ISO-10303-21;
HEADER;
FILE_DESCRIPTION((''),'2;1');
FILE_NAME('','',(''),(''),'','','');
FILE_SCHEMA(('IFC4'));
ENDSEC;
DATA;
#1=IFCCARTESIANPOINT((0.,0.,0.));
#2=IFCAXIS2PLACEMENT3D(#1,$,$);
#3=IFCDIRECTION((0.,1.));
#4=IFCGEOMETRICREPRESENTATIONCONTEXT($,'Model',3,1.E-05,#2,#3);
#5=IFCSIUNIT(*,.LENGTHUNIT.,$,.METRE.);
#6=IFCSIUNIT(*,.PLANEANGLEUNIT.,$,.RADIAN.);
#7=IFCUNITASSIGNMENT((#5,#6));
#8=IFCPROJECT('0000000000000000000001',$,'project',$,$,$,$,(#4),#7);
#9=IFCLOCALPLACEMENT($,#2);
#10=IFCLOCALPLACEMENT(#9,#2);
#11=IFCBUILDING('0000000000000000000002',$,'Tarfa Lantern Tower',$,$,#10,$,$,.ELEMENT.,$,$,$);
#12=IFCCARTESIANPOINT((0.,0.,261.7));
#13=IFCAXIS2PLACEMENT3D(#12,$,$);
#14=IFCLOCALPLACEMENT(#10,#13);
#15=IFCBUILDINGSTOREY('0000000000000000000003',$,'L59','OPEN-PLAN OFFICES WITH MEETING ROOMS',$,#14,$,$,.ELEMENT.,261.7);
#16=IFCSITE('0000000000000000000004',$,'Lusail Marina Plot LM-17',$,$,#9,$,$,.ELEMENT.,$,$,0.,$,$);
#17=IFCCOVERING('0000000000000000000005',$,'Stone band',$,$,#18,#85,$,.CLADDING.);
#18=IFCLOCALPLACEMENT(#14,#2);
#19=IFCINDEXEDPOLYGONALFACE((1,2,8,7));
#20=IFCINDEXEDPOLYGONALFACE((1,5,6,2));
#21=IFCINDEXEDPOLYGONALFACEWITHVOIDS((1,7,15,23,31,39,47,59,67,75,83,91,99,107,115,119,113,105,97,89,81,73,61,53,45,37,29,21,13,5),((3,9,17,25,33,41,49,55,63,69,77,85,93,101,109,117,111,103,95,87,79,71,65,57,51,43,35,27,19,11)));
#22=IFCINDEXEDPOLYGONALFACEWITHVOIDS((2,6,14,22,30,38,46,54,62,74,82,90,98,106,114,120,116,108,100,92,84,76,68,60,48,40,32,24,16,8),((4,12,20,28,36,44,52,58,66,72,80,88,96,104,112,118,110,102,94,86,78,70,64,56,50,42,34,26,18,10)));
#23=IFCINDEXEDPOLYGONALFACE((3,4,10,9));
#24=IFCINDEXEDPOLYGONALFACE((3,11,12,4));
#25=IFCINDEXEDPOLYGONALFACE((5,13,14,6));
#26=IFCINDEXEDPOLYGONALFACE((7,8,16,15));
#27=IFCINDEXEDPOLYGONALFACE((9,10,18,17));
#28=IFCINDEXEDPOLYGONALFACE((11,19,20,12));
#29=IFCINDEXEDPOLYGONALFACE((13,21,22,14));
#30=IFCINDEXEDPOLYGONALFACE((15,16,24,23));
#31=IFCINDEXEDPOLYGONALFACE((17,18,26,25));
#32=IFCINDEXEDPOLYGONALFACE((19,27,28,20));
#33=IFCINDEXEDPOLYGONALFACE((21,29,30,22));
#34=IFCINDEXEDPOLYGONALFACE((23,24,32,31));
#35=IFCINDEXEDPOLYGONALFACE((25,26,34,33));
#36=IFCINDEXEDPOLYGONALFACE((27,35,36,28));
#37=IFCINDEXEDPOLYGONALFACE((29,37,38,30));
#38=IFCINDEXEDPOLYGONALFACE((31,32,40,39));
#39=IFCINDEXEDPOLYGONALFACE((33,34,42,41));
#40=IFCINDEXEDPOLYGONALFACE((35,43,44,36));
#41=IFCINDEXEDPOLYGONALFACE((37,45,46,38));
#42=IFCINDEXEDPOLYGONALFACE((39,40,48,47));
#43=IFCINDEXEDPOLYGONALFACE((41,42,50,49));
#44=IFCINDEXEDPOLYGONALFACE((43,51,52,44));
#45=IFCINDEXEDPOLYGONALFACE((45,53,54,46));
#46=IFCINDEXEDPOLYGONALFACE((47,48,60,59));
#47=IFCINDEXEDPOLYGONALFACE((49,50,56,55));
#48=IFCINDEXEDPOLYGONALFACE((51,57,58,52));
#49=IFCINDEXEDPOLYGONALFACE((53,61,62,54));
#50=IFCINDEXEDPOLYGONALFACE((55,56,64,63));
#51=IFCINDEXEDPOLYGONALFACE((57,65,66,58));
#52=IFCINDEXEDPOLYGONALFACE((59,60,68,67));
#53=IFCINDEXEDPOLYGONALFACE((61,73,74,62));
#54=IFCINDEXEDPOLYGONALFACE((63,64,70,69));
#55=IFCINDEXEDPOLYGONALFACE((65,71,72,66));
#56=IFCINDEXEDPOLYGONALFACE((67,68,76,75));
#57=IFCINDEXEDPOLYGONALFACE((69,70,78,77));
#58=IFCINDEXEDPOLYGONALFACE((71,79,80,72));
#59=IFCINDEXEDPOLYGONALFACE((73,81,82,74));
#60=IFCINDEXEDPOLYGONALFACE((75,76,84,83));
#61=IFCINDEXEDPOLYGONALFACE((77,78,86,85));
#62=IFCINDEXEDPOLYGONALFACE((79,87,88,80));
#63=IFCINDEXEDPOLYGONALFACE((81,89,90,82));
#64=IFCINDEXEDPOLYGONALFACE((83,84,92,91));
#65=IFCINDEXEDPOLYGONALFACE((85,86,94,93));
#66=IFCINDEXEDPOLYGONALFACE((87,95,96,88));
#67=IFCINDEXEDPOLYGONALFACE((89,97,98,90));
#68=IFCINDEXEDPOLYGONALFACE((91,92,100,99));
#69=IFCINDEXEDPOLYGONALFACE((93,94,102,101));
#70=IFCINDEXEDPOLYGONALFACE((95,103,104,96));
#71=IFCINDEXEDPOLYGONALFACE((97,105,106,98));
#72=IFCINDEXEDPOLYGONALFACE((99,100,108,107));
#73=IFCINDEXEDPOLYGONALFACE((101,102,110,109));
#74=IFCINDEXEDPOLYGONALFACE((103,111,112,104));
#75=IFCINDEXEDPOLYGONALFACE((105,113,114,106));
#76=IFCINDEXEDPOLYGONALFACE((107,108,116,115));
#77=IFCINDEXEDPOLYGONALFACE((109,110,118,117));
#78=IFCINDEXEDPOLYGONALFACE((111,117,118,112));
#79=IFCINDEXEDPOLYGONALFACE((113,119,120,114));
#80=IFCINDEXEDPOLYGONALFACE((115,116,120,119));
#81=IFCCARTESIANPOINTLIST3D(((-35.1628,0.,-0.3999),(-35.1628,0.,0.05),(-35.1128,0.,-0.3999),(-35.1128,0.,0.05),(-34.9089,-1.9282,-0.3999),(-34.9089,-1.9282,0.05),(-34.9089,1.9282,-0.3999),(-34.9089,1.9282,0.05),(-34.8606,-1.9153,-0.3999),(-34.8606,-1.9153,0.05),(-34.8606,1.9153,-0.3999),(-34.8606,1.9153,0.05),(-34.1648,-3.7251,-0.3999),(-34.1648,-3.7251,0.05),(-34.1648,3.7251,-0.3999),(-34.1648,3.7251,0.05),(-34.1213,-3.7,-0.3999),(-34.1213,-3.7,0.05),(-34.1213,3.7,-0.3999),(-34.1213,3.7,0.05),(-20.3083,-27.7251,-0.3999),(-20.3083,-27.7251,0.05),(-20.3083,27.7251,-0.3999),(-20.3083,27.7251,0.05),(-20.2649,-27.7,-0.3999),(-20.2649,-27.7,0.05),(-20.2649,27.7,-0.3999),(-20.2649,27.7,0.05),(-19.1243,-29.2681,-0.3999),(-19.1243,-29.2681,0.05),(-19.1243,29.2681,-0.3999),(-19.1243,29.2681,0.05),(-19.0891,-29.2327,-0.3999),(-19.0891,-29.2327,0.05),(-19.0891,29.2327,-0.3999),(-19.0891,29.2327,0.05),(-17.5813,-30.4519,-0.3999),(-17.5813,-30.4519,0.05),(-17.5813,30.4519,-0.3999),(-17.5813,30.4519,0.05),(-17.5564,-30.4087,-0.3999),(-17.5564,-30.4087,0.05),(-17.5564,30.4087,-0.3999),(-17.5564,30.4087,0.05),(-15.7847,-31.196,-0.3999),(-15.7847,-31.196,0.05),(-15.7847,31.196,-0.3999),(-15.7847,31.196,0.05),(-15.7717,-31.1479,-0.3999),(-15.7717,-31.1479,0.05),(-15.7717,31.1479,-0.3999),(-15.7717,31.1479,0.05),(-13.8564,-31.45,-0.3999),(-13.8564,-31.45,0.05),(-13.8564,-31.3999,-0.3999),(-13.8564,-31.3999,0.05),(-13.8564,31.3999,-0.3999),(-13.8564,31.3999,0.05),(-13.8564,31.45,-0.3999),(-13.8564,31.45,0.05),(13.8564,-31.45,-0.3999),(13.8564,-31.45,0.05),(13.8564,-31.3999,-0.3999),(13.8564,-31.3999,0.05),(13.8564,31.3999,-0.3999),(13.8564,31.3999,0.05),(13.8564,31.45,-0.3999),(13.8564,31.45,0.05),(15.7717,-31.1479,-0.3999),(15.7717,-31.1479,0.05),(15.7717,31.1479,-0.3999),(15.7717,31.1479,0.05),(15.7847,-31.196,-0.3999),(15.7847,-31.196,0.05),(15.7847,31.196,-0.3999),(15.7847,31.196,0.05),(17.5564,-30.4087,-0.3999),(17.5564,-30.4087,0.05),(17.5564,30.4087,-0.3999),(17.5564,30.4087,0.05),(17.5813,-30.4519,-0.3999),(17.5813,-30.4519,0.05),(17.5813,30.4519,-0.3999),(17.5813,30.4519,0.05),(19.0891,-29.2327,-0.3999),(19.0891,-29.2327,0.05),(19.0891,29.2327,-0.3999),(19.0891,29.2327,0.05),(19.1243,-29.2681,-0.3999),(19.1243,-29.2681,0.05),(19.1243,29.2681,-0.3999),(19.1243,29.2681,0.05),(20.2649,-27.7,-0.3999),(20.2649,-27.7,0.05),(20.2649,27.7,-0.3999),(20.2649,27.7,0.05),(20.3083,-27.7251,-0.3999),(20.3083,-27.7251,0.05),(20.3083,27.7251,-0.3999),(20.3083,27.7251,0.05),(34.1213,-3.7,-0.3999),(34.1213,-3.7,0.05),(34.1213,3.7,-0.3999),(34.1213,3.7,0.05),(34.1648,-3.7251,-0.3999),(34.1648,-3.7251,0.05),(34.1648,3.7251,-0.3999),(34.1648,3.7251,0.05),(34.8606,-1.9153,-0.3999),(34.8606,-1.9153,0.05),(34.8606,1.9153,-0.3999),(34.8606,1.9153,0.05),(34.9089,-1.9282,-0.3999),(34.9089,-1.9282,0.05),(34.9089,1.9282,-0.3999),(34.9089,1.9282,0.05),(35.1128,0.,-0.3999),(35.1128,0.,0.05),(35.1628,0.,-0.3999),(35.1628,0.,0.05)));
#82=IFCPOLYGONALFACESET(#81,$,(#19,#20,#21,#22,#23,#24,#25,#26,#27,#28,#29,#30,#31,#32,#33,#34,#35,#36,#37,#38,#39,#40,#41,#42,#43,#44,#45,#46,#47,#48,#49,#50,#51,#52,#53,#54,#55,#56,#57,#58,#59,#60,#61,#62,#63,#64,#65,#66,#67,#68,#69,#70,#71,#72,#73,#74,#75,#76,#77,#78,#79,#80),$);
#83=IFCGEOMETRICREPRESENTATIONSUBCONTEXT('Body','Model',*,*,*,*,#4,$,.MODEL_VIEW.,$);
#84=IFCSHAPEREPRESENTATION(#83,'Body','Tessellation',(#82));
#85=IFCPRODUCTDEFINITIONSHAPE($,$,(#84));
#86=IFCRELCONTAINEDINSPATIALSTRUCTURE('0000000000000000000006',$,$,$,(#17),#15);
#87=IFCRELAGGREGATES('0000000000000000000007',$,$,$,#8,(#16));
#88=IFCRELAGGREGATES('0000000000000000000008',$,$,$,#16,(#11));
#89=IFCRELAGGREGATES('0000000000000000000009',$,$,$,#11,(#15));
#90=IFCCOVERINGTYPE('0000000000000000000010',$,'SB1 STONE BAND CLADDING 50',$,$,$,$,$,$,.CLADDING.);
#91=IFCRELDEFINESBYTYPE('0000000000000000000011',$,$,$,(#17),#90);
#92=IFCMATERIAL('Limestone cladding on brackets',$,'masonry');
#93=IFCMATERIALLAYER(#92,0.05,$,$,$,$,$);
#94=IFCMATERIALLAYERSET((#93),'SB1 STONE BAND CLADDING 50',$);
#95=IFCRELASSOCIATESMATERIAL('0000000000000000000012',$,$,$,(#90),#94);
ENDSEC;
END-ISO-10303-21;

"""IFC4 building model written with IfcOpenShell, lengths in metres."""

from ifc_helpers import new_model, si_unit, direction, frame, origin, place, context, subcontext, project, spatial, polyline, outline, extrude, material, layer, layer_set, type_object, element, save


model = new_model("IFC4")

# Units and contexts
model_context = context("Model", 3, precision=1e-05, world=origin(), true_north=direction((0.0, 1.0)))
body_context = subcontext(model_context, "Body", "Model", "MODEL_VIEW")
ifc_project = project(units=[si_unit("LENGTHUNIT", "METRE"), si_unit("PLANEANGLEUNIT", "RADIAN")], contexts=[model_context])

# Site, building, storey
site_placement = place(None, origin())
site = spatial("IfcSite", under=ifc_project, at=site_placement, Name="Lusail Marina Plot LM-17", CompositionType="ELEMENT", RefElevation=0.0)
building_placement = place(site_placement, origin())
building = spatial("IfcBuilding", under=site, at=building_placement, Name="Tarfa Lantern Tower", CompositionType="ELEMENT")
storey_placement = place(building_placement, frame((0.0, 0.0, 261.7)))
storey = spatial("IfcBuildingStorey", under=building, at=storey_placement, Name="L59", Description="OPEN-PLAN OFFICES WITH MEETING ROOMS", CompositionType="ELEMENT", Elevation=261.7)

# Covering
ifc_material_1 = material(Name="Limestone cladding on brackets", Category="masonry")
ifc_layer_1 = layer(ifc_material_1, 0.05)
ifc_layer_set_1 = layer_set([ifc_layer_1], Name="SB1 STONE BAND CLADDING 50")
covering_type_1 = type_object("IfcCoveringType", Name="SB1 STONE BAND CLADDING 50", PredefinedType="CLADDING", material=ifc_layer_set_1)
covering_1_placement = place(storey_placement, frame((0.0, 0.0, -0.3999)))
element("IfcCovering", 1, at=covering_1_placement, inside=storey, type_object=covering_type_1, Name="Stone band", PredefinedType="CLADDING", context=body_context, shape_type="SweptSolid", body=[
    extrude(outline(polyline([(34.1648, 3.7251), (20.3083, 27.7251), (19.1243, 29.2681), (17.5813, 30.4519), (15.7847, 31.196), (13.8564, 31.45), (-13.8564, 31.45), (-15.7847, 31.196), (-17.5813, 30.4519), (-19.1243, 29.2681), (-20.3083, 27.7251), (-34.1648, 3.7251), (-34.9089, 1.9282), (-35.1628, 0.0), (-34.9089, -1.9282), (-34.1648, -3.7251), (-20.3083, -27.7251), (-19.1243, -29.2681), (-17.5813, -30.4519), (-15.7847, -31.196), (-13.8564, -31.45), (13.8564, -31.45), (15.7847, -31.196), (17.5813, -30.4519), (19.1243, -29.2681), (20.3083, -27.7251), (34.1648, -3.7251), (34.9089, -1.9282), (35.1628, 0.0), (34.9089, 1.9282), (34.1648, 3.7251)]), holes=[polyline([(34.1213, 3.7), (20.2649, 27.7), (19.0891, 29.2327), (17.5564, 30.4087), (15.7717, 31.1479), (13.8564, 31.3999), (-13.8564, 31.3999), (-15.7717, 31.1479), (-17.5564, 30.4087), (-19.0891, 29.2327), (-20.2649, 27.7), (-34.1213, 3.7), (-34.8606, 1.9153), (-35.1128, 0.0), (-34.8606, -1.9153), (-34.1213, -3.7), (-20.2649, -27.7), (-19.0891, -29.2327), (-17.5564, -30.4087), (-15.7717, -31.1479), (-13.8564, -31.3999), (13.8564, -31.3999), (15.7717, -31.1479), (17.5564, -30.4087), (19.0891, -29.2327), (20.2649, -27.7), (34.1213, -3.7), (34.8606, -1.9153), (35.1128, 0.0), (34.8606, 1.9153), (34.1213, 3.7)])]), origin(), (0.0, 0.0, 1.0), 0.45),
])

save(model, "model.ifc")
